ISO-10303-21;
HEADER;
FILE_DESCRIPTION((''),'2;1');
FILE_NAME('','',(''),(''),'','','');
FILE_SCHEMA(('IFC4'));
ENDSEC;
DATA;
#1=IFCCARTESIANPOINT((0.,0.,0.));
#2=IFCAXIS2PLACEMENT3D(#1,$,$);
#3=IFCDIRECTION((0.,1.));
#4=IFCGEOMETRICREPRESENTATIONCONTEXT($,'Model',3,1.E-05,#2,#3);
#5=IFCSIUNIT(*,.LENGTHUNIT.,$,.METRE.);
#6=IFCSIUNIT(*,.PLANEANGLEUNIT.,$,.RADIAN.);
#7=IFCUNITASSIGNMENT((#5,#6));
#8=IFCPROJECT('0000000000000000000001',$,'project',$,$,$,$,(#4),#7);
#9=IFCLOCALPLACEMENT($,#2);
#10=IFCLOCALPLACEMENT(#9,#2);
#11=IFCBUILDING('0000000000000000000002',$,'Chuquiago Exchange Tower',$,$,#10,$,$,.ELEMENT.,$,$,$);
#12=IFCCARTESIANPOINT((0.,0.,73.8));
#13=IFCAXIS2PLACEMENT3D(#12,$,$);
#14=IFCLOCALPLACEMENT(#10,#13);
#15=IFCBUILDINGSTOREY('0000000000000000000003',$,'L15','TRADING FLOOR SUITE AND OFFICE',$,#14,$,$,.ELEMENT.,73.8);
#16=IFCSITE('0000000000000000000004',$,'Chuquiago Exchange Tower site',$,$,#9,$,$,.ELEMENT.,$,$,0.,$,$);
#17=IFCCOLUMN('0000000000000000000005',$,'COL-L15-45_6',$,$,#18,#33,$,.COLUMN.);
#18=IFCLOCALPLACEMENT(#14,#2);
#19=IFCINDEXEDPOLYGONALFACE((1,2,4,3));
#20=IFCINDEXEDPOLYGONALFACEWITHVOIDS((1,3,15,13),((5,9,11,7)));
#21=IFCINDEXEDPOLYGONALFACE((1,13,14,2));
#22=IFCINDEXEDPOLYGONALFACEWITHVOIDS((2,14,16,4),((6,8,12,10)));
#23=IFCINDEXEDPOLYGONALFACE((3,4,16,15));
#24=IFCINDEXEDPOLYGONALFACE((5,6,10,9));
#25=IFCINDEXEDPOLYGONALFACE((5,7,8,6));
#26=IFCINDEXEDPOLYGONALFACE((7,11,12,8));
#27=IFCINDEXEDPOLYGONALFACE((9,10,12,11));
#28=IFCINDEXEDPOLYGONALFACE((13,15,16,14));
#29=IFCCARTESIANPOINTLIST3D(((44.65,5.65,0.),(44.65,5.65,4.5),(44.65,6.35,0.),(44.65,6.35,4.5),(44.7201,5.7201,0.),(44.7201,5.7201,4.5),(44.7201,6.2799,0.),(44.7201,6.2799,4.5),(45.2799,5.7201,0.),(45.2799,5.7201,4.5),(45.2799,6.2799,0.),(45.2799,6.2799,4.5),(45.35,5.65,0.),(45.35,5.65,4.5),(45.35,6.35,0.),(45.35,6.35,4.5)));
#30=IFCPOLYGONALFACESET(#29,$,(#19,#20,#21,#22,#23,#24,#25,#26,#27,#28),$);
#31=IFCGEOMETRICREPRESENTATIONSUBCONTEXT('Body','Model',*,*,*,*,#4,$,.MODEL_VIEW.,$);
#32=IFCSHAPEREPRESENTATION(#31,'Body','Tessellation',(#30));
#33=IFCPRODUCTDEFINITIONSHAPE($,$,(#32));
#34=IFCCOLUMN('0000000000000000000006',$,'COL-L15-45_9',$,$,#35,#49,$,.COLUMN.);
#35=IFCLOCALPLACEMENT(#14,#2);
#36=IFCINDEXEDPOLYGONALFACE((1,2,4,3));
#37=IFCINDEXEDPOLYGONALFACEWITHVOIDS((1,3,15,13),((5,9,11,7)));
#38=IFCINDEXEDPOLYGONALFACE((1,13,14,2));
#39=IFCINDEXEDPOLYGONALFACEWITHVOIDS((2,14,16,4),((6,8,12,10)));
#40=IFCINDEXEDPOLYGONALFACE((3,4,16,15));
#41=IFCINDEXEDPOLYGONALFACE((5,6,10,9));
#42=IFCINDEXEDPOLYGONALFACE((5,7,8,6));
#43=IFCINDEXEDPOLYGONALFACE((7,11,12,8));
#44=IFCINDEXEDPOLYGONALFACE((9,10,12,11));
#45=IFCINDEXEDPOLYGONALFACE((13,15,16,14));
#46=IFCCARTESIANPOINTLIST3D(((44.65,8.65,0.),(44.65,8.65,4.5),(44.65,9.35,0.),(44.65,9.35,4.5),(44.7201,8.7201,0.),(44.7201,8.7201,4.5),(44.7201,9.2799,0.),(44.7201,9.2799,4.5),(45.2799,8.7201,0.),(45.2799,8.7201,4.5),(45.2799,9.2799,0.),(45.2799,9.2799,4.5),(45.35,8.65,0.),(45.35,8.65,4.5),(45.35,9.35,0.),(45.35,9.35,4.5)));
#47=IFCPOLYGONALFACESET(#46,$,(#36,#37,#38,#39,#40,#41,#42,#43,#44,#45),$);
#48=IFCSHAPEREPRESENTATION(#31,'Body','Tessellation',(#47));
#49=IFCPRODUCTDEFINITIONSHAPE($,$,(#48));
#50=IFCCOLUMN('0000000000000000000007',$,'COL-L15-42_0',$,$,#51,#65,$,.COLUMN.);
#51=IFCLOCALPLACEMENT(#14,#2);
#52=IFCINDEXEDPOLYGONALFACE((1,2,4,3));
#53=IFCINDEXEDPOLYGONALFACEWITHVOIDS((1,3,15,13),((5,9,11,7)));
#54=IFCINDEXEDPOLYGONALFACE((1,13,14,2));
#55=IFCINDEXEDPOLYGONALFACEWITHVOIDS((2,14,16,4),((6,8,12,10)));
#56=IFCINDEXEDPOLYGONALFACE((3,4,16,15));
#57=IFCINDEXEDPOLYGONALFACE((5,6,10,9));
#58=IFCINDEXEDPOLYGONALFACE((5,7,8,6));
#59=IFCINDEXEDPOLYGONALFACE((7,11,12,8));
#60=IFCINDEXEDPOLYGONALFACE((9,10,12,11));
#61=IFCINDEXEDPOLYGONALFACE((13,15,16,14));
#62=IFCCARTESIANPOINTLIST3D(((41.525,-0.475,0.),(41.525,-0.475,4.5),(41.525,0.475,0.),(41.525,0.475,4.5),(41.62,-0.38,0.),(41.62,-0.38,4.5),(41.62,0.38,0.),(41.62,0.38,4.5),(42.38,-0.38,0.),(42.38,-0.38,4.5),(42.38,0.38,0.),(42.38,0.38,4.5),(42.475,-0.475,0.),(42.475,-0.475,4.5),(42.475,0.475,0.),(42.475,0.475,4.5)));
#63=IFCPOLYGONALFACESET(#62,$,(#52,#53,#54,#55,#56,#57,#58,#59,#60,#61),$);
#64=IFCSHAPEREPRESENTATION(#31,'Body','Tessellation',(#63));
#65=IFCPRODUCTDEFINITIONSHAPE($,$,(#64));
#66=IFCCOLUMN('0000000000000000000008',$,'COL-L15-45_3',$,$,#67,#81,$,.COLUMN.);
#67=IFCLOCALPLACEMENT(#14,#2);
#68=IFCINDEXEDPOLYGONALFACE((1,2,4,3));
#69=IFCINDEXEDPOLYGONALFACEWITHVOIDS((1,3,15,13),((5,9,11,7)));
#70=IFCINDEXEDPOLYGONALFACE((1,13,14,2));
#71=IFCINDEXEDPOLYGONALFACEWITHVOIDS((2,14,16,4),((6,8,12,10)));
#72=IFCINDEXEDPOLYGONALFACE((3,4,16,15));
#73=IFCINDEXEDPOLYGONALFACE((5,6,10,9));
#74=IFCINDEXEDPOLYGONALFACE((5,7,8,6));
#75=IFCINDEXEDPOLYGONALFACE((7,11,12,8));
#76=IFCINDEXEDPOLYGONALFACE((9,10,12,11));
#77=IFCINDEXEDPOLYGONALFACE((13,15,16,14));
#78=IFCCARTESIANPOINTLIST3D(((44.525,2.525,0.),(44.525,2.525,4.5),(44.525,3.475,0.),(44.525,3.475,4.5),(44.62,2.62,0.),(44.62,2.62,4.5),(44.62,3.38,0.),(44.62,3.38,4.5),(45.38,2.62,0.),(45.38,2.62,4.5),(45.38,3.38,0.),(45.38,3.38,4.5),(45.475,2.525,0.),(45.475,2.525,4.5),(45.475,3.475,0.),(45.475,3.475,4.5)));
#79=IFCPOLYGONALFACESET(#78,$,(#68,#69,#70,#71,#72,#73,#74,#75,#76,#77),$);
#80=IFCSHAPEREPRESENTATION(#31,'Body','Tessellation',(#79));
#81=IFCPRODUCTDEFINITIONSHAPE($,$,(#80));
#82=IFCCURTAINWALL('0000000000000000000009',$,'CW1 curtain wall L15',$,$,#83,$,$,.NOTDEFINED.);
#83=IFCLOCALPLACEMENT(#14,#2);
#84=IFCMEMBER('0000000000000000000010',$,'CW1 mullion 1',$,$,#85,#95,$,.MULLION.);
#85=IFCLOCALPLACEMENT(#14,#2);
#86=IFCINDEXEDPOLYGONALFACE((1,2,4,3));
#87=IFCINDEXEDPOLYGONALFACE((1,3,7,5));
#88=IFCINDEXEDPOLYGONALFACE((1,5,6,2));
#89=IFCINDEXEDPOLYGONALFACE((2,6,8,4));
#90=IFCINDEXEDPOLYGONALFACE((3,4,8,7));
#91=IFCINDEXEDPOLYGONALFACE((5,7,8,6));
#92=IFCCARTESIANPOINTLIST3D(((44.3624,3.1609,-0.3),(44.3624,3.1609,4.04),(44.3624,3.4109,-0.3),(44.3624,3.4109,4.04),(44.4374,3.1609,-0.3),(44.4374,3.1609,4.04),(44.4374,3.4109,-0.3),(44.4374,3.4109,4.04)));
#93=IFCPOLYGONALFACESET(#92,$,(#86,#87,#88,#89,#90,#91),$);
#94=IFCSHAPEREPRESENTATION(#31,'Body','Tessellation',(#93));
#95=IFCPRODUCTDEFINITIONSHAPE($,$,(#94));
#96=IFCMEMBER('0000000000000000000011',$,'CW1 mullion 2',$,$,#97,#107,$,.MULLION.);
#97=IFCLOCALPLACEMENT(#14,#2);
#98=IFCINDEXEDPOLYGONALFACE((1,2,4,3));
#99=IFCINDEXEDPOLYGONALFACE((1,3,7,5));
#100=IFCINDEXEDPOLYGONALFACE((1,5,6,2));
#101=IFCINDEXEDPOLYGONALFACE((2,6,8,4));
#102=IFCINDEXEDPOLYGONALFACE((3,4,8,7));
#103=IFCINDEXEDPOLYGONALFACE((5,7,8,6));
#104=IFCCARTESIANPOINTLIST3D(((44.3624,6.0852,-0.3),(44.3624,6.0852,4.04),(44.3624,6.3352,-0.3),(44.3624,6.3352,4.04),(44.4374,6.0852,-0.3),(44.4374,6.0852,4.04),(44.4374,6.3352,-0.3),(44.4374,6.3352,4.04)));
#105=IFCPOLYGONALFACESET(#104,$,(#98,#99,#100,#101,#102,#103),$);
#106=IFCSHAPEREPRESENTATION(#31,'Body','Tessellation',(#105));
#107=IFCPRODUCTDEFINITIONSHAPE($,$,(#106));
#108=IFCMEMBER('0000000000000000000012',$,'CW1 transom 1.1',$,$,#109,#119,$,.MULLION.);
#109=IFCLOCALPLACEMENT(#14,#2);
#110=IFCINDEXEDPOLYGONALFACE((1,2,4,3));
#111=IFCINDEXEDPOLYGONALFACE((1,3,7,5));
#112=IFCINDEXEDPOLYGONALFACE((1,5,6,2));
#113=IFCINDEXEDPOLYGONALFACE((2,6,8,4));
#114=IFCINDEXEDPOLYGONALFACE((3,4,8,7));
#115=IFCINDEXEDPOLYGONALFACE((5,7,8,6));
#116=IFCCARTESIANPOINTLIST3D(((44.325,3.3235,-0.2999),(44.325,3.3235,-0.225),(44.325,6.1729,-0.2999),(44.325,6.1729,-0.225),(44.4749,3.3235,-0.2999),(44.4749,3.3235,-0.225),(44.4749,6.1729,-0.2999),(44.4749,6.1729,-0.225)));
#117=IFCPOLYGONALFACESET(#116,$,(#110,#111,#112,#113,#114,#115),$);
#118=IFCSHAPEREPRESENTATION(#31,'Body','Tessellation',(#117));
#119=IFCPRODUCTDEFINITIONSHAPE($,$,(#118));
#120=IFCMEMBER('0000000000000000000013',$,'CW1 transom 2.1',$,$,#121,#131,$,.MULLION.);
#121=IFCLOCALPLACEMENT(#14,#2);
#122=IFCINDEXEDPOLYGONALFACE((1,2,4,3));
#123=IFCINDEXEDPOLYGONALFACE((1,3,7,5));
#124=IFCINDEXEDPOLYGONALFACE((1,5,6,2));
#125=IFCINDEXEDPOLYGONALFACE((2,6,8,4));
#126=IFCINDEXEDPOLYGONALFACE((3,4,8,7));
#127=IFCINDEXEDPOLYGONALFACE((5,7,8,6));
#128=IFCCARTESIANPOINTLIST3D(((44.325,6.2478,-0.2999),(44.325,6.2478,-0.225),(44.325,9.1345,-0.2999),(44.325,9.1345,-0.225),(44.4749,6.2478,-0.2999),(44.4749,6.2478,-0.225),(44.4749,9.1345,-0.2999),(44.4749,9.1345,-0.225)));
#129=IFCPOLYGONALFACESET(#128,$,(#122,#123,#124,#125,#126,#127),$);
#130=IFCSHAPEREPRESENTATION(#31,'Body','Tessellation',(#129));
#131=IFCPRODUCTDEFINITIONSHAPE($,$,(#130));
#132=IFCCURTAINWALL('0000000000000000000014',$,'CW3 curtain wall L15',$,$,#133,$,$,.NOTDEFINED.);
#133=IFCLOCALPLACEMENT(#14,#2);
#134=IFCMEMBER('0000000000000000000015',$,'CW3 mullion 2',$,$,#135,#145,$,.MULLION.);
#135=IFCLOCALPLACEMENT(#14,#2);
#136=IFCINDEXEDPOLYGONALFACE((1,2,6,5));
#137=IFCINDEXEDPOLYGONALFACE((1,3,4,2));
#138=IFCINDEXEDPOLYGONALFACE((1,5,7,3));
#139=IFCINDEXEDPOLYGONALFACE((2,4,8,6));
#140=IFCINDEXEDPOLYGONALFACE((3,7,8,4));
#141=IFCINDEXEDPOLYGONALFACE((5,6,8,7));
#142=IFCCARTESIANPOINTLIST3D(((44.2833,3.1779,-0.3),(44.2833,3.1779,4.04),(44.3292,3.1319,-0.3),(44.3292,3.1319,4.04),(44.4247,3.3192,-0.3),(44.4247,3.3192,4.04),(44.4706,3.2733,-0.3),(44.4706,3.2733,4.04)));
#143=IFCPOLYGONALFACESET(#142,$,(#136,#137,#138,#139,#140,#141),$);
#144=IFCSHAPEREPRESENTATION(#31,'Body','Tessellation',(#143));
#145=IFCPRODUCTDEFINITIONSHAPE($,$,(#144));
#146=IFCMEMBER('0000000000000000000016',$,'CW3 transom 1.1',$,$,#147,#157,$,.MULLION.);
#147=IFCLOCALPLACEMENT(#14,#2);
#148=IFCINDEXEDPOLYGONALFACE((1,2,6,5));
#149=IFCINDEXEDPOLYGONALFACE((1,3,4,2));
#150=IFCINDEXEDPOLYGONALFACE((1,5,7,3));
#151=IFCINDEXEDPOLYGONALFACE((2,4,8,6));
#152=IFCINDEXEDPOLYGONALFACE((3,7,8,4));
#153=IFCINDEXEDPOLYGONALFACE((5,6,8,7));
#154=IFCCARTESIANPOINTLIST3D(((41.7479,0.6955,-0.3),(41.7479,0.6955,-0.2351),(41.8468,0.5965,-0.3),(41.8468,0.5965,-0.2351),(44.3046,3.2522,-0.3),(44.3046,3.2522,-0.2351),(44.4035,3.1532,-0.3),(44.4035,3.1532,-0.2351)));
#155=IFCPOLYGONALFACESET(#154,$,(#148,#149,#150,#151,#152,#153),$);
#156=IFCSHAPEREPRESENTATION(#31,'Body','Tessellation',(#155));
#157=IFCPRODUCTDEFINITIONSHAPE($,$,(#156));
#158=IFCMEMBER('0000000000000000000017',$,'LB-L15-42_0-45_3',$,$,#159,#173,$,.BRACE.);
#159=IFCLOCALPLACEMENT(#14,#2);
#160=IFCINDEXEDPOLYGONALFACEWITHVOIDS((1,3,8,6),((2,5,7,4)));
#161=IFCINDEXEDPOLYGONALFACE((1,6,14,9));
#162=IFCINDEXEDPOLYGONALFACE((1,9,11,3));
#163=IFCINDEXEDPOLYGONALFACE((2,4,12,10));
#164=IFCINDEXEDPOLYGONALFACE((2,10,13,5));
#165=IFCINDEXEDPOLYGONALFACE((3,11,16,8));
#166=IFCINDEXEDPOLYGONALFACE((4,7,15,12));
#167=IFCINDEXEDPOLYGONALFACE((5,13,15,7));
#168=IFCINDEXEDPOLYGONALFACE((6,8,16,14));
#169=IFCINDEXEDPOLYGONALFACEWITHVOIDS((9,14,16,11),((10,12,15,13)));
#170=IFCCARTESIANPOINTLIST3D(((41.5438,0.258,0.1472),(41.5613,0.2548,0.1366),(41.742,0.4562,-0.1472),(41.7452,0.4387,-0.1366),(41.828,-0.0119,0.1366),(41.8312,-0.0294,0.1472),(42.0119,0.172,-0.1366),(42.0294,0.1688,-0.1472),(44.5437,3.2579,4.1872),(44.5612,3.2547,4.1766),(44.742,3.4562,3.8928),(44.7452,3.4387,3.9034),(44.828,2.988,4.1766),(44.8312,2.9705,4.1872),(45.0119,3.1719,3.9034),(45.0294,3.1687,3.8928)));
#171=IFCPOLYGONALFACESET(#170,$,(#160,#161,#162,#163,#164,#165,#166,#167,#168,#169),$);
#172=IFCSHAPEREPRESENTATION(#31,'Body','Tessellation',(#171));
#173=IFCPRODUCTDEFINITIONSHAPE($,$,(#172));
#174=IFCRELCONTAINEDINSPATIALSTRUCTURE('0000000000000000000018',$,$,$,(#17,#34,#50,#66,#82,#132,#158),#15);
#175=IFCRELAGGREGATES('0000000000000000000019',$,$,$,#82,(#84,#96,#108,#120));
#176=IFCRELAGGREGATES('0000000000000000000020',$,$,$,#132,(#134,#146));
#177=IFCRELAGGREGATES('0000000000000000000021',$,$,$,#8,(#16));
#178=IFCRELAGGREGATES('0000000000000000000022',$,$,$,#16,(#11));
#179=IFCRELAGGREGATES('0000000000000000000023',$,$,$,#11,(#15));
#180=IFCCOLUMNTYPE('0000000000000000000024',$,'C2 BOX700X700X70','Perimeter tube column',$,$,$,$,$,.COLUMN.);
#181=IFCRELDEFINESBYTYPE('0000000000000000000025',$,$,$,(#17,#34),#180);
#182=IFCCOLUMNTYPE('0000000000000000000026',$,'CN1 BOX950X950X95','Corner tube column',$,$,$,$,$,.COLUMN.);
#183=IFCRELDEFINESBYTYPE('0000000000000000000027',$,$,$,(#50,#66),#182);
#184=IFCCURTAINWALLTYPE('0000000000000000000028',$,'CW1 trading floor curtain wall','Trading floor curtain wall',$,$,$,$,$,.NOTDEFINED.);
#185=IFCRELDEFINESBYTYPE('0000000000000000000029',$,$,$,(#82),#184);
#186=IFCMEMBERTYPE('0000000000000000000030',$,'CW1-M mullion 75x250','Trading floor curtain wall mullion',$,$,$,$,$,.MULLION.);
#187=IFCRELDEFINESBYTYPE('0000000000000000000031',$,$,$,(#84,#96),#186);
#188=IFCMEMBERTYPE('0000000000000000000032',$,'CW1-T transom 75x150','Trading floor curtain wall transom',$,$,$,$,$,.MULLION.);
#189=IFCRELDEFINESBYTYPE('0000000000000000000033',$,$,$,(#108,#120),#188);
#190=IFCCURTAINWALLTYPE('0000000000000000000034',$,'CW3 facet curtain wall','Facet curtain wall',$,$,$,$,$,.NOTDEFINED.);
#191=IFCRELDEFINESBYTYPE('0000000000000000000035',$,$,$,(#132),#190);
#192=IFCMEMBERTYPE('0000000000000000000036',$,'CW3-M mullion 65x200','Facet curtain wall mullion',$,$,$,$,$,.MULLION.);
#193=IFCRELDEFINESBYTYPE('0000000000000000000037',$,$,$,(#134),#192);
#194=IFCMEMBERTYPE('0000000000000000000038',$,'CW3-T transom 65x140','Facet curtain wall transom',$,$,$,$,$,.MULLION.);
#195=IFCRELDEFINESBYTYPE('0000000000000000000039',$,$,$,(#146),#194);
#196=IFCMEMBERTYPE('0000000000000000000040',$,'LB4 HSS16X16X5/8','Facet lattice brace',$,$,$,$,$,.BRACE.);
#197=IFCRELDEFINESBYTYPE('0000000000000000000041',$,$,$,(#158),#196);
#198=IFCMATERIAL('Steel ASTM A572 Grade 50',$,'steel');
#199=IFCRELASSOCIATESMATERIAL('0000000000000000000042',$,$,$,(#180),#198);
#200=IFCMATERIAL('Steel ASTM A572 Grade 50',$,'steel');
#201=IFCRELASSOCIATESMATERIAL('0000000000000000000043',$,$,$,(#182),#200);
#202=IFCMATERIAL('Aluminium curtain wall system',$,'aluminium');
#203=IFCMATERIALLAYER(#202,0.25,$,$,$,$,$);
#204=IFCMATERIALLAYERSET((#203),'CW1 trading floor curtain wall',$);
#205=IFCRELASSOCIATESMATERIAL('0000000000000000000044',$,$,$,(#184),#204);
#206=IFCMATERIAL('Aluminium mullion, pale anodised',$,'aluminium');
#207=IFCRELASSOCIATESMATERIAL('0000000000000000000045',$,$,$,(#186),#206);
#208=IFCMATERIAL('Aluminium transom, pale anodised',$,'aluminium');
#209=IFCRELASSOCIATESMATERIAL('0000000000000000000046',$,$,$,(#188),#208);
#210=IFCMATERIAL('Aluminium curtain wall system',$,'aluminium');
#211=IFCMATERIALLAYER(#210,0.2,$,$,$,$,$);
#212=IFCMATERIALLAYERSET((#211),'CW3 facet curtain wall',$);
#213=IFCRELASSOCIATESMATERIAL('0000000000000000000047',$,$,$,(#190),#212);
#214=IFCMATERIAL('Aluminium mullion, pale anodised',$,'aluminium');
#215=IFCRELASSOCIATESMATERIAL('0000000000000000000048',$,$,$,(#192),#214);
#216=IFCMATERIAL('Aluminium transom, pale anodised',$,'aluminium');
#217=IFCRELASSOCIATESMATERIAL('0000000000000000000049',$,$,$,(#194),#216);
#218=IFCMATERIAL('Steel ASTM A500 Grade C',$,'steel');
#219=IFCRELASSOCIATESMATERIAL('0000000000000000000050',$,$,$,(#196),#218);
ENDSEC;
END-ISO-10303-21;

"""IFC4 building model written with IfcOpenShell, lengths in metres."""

from ifc_helpers import new_model, si_unit, direction, frame, origin, origin_2d, place, context, subcontext, project, spatial, rectangle, hollow_rectangle, extrude, material, layer, layer_set, material_profile, profile_set, type_object, element, aggregate, save


model = new_model("IFC4")

# Units and contexts
model_context = context("Model", 3, precision=1e-05, world=origin(), true_north=direction((0.0, 1.0)))
body_context = subcontext(model_context, "Body", "Model", "MODEL_VIEW")
ifc_project = project(units=[si_unit("LENGTHUNIT", "METRE"), si_unit("PLANEANGLEUNIT", "RADIAN")], contexts=[model_context])

# Site, building, storey
site_placement = place(None, origin())
site = spatial("IfcSite", under=ifc_project, at=site_placement, Name="Chuquiago Exchange Tower site", CompositionType="ELEMENT", RefElevation=0.0)
building_placement = place(site_placement, origin())
building = spatial("IfcBuilding", under=site, at=building_placement, Name="Chuquiago Exchange Tower", CompositionType="ELEMENT")
storey_placement = place(building_placement, frame((0.0, 0.0, 73.8)))
storey = spatial("IfcBuildingStorey", under=building, at=storey_placement, Name="L15", Description="TRADING FLOOR SUITE AND OFFICE", CompositionType="ELEMENT", Elevation=73.8)

# Columns
ifc_material_1 = material(Name="Steel ASTM A572 Grade 50", Category="steel")
ifc_material_profile_1 = material_profile(ifc_material_1, hollow_rectangle(XDim=0.7, YDim=0.7, WallThickness=0.0701, at=origin_2d()), Name="BOX700X700X70")
ifc_profile_set_1 = profile_set([ifc_material_profile_1], Name="Steel ASTM A572 Grade 50")
column_type_1 = type_object("IfcColumnType", Name="C2 BOX700X700X70", Description="Perimeter tube column", PredefinedType="COLUMN", material=ifc_profile_set_1)
for number, where, z_axis, x_axis, name in (
    (1, (45.0, 6.0, 0.0), (0.0, 0.0, 1.0), (1.0, 0.0, 0.0), "COL-L15-45_6"),
    (2, (45.0, 9.0, 0.0), (0.0, 0.0, 1.0), (1.0, 0.0, 0.0), "COL-L15-45_9"),
):
    element("IfcColumn", number, at=place(storey_placement, frame(where, z_axis=z_axis, x_axis=x_axis)), inside=storey, type_object=column_type_1, Name=name, PredefinedType="COLUMN", context=body_context, shape_type="SweptSolid", body=[
        extrude(hollow_rectangle(XDim=0.7, YDim=0.7, WallThickness=0.0701, at=origin_2d()), origin(), (0.0, 0.0, 1.0), 4.5),
    ])
ifc_material_2 = material(Name="Steel ASTM A572 Grade 50", Category="steel")
ifc_material_profile_2 = material_profile(ifc_material_2, hollow_rectangle(XDim=0.95, YDim=0.95, WallThickness=0.095, at=origin_2d()), Name="BOX950X950X95")
ifc_profile_set_2 = profile_set([ifc_material_profile_2], Name="Steel ASTM A572 Grade 50")
column_type_2 = type_object("IfcColumnType", Name="CN1 BOX950X950X95", Description="Corner tube column", PredefinedType="COLUMN", material=ifc_profile_set_2)
for number, where, z_axis, x_axis, name in (
    (3, (42.0, 0.0, 0.0), (0.0, 0.0, 1.0), (0.0, -1.0, 0.0), "COL-L15-42_0"),
    (4, (45.0, 3.0, 0.0), (0.0, 0.0, 1.0), (1.0, 0.0, 0.0), "COL-L15-45_3"),
):
    element("IfcColumn", number, at=place(storey_placement, frame(where, z_axis=z_axis, x_axis=x_axis)), inside=storey, type_object=column_type_2, Name=name, PredefinedType="COLUMN", context=body_context, shape_type="SweptSolid", body=[
        extrude(hollow_rectangle(XDim=0.95, YDim=0.95, WallThickness=0.095, at=origin_2d()), origin(), (0.0, 0.0, 1.0), 4.5),
    ])

# Curtain walls, members
ifc_material_3 = material(Name="Aluminium curtain wall system", Category="aluminium")
ifc_layer_1 = layer(ifc_material_3, 0.25)
ifc_layer_set_1 = layer_set([ifc_layer_1], Name="CW1 trading floor curtain wall")
curtain_wall_type_1 = type_object("IfcCurtainWallType", Name="CW1 trading floor curtain wall", Description="Trading floor curtain wall", PredefinedType="NOTDEFINED", material=ifc_layer_set_1)
curtain_wall_1_placement = place(storey_placement, origin())
curtain_wall_1 = element("IfcCurtainWall", 5, at=curtain_wall_1_placement, inside=storey, type_object=curtain_wall_type_1, Name="CW1 curtain wall L15", PredefinedType="NOTDEFINED")
ifc_material_4 = material(Name="Aluminium mullion, pale anodised", Category="aluminium")
ifc_material_profile_3 = material_profile(ifc_material_4, rectangle(XDim=0.075, YDim=0.25, at=origin_2d()), Name="AL 75x250")
ifc_profile_set_3 = profile_set([ifc_material_profile_3], Name="Aluminium mullion, pale anodised")
member_type_1 = type_object("IfcMemberType", Name="CW1-M mullion 75x250", Description="Trading floor curtain wall mullion", PredefinedType="MULLION", material=ifc_profile_set_3)
member_1_placement = place(storey_placement, frame((44.3999, 3.2859, -0.3), z_axis=(0.0, 0.0, 1.0), x_axis=(-1.0, 0.0, 0.0)))
member_1 = element("IfcMember", 6, at=member_1_placement, type_object=member_type_1, Name="CW1 mullion 1", PredefinedType="MULLION", context=body_context, shape_type="SweptSolid", body=[
    extrude(rectangle(XDim=0.075, YDim=0.25, at=origin_2d()), origin(), (0.0, 0.0, 1.0), 4.3401),
])
member_2_placement = place(storey_placement, frame((44.3999, 6.2102, -0.3), z_axis=(0.0, 0.0, 1.0), x_axis=(-1.0, 0.0, 0.0)))
member_2 = element("IfcMember", 7, at=member_2_placement, type_object=member_type_1, Name="CW1 mullion 2", PredefinedType="MULLION", context=body_context, shape_type="SweptSolid", body=[
    extrude(rectangle(XDim=0.075, YDim=0.25, at=origin_2d()), origin(), (0.0, 0.0, 1.0), 4.3401),
])
ifc_material_5 = material(Name="Aluminium transom, pale anodised", Category="aluminium")
ifc_material_profile_4 = material_profile(ifc_material_5, rectangle(XDim=0.1499, YDim=0.075, at=origin_2d()), Name="AL 150x75")
ifc_profile_set_4 = profile_set([ifc_material_profile_4], Name="Aluminium transom, pale anodised")
member_type_2 = type_object("IfcMemberType", Name="CW1-T transom 75x150", Description="Trading floor curtain wall transom", PredefinedType="MULLION", material=ifc_profile_set_4)
member_3_placement = place(storey_placement, frame((44.3999, 3.3235, -0.2625), z_axis=(0.0, 1.0, 0.0), x_axis=(-1.0, 0.0, 0.0)))
member_3 = element("IfcMember", 8, at=member_3_placement, type_object=member_type_2, Name="CW1 transom 1.1", PredefinedType="MULLION", context=body_context, shape_type="SweptSolid", body=[
    extrude(rectangle(XDim=0.1499, YDim=0.075, at=origin_2d()), origin(), (0.0, 0.0, 1.0), 2.8494),
])
member_4_placement = place(storey_placement, frame((44.3999, 6.2478, -0.2625), z_axis=(0.0, 1.0, 0.0), x_axis=(-1.0, 0.0, 0.0)))
member_4 = element("IfcMember", 9, at=member_4_placement, type_object=member_type_2, Name="CW1 transom 2.1", PredefinedType="MULLION", context=body_context, shape_type="SweptSolid", body=[
    extrude(rectangle(XDim=0.1499, YDim=0.075, at=origin_2d()), origin(), (0.0, 0.0, 1.0), 2.8867),
])
ifc_material_6 = material(Name="Aluminium curtain wall system", Category="aluminium")
ifc_layer_2 = layer(ifc_material_6, 0.2)
ifc_layer_set_2 = layer_set([ifc_layer_2], Name="CW3 facet curtain wall")
curtain_wall_type_2 = type_object("IfcCurtainWallType", Name="CW3 facet curtain wall", Description="Facet curtain wall", PredefinedType="NOTDEFINED", material=ifc_layer_set_2)
curtain_wall_2_placement = place(storey_placement, origin())
curtain_wall_2 = element("IfcCurtainWall", 10, at=curtain_wall_2_placement, inside=storey, type_object=curtain_wall_type_2, Name="CW3 curtain wall L15", PredefinedType="NOTDEFINED")
ifc_material_7 = material(Name="Aluminium mullion, pale anodised", Category="aluminium")
ifc_material_profile_5 = material_profile(ifc_material_7, rectangle(XDim=0.0649, YDim=0.2, at=origin_2d()), Name="AL 65x200")
ifc_profile_set_5 = profile_set([ifc_material_profile_5], Name="Aluminium mullion, pale anodised")
member_type_3 = type_object("IfcMemberType", Name="CW3-M mullion 65x200", Description="Facet curtain wall mullion", PredefinedType="MULLION", material=ifc_profile_set_5)
member_5_placement = place(storey_placement, frame((44.377, 3.2256, -0.3), z_axis=(0.0, 0.0, 1.0), x_axis=(-0.707107, 0.707107, 0.0)))
member_5 = element("IfcMember", 11, at=member_5_placement, type_object=member_type_3, Name="CW3 mullion 2", PredefinedType="MULLION", context=body_context, shape_type="SweptSolid", body=[
    extrude(rectangle(XDim=0.0649, YDim=0.2, at=origin_2d()), origin(), (0.0, 0.0, 1.0), 4.3401),
])
ifc_material_8 = material(Name="Aluminium transom, pale anodised", Category="aluminium")
ifc_material_profile_6 = material_profile(ifc_material_8, rectangle(XDim=0.1399, YDim=0.0649, at=origin_2d()), Name="AL 140x65")
ifc_profile_set_6 = profile_set([ifc_material_profile_6], Name="Aluminium transom, pale anodised")
member_type_4 = type_object("IfcMemberType", Name="CW3-T transom 65x140", Description="Facet curtain wall transom", PredefinedType="MULLION", material=ifc_profile_set_6)
member_6_placement = place(storey_placement, frame((41.7974, 0.646, -0.2676), z_axis=(0.707107, 0.707107, 0.0), x_axis=(-0.707107, 0.707107, 0.0)))
member_6 = element("IfcMember", 12, at=member_6_placement, type_object=member_type_4, Name="CW3 transom 1.1", PredefinedType="MULLION", context=body_context, shape_type="SweptSolid", body=[
    extrude(rectangle(XDim=0.1399, YDim=0.0649, at=origin_2d()), origin(), (0.0, 0.0, 1.0), 3.6157),
])

# Member
ifc_material_9 = material(Name="Steel ASTM A500 Grade C", Category="steel")
ifc_material_profile_7 = material_profile(ifc_material_9, hollow_rectangle(XDim=0.4065, YDim=0.4065, WallThickness=0.0146, at=origin_2d()), Name="HSS16X16X5/8")
ifc_profile_set_7 = profile_set([ifc_material_profile_7], Name="Steel ASTM A500 Grade C")
member_type_5 = type_object("IfcMemberType", Name="LB4 HSS16X16X5/8", Description="Facet lattice brace", PredefinedType="BRACE", material=ifc_profile_set_7)
member_7_placement = place(storey_placement, frame((41.7866, 0.2134, 0.0), z_axis=(0.512077, 0.512077, 0.689604), x_axis=(-0.707107, 0.707107, 0.0)))
element("IfcMember", 13, at=member_7_placement, inside=storey, type_object=member_type_5, Name="LB-L15-42_0-45_3", PredefinedType="BRACE", context=body_context, shape_type="SweptSolid", body=[
    extrude(hollow_rectangle(XDim=0.4065, YDim=0.4065, WallThickness=0.0146, at=origin_2d()), origin(), (0.0, 0.0, 1.0), 5.8584),
])

aggregate(curtain_wall_1, [member_1, member_2, member_3, member_4])
aggregate(curtain_wall_2, [member_5, member_6])

save(model, "model.ifc")
